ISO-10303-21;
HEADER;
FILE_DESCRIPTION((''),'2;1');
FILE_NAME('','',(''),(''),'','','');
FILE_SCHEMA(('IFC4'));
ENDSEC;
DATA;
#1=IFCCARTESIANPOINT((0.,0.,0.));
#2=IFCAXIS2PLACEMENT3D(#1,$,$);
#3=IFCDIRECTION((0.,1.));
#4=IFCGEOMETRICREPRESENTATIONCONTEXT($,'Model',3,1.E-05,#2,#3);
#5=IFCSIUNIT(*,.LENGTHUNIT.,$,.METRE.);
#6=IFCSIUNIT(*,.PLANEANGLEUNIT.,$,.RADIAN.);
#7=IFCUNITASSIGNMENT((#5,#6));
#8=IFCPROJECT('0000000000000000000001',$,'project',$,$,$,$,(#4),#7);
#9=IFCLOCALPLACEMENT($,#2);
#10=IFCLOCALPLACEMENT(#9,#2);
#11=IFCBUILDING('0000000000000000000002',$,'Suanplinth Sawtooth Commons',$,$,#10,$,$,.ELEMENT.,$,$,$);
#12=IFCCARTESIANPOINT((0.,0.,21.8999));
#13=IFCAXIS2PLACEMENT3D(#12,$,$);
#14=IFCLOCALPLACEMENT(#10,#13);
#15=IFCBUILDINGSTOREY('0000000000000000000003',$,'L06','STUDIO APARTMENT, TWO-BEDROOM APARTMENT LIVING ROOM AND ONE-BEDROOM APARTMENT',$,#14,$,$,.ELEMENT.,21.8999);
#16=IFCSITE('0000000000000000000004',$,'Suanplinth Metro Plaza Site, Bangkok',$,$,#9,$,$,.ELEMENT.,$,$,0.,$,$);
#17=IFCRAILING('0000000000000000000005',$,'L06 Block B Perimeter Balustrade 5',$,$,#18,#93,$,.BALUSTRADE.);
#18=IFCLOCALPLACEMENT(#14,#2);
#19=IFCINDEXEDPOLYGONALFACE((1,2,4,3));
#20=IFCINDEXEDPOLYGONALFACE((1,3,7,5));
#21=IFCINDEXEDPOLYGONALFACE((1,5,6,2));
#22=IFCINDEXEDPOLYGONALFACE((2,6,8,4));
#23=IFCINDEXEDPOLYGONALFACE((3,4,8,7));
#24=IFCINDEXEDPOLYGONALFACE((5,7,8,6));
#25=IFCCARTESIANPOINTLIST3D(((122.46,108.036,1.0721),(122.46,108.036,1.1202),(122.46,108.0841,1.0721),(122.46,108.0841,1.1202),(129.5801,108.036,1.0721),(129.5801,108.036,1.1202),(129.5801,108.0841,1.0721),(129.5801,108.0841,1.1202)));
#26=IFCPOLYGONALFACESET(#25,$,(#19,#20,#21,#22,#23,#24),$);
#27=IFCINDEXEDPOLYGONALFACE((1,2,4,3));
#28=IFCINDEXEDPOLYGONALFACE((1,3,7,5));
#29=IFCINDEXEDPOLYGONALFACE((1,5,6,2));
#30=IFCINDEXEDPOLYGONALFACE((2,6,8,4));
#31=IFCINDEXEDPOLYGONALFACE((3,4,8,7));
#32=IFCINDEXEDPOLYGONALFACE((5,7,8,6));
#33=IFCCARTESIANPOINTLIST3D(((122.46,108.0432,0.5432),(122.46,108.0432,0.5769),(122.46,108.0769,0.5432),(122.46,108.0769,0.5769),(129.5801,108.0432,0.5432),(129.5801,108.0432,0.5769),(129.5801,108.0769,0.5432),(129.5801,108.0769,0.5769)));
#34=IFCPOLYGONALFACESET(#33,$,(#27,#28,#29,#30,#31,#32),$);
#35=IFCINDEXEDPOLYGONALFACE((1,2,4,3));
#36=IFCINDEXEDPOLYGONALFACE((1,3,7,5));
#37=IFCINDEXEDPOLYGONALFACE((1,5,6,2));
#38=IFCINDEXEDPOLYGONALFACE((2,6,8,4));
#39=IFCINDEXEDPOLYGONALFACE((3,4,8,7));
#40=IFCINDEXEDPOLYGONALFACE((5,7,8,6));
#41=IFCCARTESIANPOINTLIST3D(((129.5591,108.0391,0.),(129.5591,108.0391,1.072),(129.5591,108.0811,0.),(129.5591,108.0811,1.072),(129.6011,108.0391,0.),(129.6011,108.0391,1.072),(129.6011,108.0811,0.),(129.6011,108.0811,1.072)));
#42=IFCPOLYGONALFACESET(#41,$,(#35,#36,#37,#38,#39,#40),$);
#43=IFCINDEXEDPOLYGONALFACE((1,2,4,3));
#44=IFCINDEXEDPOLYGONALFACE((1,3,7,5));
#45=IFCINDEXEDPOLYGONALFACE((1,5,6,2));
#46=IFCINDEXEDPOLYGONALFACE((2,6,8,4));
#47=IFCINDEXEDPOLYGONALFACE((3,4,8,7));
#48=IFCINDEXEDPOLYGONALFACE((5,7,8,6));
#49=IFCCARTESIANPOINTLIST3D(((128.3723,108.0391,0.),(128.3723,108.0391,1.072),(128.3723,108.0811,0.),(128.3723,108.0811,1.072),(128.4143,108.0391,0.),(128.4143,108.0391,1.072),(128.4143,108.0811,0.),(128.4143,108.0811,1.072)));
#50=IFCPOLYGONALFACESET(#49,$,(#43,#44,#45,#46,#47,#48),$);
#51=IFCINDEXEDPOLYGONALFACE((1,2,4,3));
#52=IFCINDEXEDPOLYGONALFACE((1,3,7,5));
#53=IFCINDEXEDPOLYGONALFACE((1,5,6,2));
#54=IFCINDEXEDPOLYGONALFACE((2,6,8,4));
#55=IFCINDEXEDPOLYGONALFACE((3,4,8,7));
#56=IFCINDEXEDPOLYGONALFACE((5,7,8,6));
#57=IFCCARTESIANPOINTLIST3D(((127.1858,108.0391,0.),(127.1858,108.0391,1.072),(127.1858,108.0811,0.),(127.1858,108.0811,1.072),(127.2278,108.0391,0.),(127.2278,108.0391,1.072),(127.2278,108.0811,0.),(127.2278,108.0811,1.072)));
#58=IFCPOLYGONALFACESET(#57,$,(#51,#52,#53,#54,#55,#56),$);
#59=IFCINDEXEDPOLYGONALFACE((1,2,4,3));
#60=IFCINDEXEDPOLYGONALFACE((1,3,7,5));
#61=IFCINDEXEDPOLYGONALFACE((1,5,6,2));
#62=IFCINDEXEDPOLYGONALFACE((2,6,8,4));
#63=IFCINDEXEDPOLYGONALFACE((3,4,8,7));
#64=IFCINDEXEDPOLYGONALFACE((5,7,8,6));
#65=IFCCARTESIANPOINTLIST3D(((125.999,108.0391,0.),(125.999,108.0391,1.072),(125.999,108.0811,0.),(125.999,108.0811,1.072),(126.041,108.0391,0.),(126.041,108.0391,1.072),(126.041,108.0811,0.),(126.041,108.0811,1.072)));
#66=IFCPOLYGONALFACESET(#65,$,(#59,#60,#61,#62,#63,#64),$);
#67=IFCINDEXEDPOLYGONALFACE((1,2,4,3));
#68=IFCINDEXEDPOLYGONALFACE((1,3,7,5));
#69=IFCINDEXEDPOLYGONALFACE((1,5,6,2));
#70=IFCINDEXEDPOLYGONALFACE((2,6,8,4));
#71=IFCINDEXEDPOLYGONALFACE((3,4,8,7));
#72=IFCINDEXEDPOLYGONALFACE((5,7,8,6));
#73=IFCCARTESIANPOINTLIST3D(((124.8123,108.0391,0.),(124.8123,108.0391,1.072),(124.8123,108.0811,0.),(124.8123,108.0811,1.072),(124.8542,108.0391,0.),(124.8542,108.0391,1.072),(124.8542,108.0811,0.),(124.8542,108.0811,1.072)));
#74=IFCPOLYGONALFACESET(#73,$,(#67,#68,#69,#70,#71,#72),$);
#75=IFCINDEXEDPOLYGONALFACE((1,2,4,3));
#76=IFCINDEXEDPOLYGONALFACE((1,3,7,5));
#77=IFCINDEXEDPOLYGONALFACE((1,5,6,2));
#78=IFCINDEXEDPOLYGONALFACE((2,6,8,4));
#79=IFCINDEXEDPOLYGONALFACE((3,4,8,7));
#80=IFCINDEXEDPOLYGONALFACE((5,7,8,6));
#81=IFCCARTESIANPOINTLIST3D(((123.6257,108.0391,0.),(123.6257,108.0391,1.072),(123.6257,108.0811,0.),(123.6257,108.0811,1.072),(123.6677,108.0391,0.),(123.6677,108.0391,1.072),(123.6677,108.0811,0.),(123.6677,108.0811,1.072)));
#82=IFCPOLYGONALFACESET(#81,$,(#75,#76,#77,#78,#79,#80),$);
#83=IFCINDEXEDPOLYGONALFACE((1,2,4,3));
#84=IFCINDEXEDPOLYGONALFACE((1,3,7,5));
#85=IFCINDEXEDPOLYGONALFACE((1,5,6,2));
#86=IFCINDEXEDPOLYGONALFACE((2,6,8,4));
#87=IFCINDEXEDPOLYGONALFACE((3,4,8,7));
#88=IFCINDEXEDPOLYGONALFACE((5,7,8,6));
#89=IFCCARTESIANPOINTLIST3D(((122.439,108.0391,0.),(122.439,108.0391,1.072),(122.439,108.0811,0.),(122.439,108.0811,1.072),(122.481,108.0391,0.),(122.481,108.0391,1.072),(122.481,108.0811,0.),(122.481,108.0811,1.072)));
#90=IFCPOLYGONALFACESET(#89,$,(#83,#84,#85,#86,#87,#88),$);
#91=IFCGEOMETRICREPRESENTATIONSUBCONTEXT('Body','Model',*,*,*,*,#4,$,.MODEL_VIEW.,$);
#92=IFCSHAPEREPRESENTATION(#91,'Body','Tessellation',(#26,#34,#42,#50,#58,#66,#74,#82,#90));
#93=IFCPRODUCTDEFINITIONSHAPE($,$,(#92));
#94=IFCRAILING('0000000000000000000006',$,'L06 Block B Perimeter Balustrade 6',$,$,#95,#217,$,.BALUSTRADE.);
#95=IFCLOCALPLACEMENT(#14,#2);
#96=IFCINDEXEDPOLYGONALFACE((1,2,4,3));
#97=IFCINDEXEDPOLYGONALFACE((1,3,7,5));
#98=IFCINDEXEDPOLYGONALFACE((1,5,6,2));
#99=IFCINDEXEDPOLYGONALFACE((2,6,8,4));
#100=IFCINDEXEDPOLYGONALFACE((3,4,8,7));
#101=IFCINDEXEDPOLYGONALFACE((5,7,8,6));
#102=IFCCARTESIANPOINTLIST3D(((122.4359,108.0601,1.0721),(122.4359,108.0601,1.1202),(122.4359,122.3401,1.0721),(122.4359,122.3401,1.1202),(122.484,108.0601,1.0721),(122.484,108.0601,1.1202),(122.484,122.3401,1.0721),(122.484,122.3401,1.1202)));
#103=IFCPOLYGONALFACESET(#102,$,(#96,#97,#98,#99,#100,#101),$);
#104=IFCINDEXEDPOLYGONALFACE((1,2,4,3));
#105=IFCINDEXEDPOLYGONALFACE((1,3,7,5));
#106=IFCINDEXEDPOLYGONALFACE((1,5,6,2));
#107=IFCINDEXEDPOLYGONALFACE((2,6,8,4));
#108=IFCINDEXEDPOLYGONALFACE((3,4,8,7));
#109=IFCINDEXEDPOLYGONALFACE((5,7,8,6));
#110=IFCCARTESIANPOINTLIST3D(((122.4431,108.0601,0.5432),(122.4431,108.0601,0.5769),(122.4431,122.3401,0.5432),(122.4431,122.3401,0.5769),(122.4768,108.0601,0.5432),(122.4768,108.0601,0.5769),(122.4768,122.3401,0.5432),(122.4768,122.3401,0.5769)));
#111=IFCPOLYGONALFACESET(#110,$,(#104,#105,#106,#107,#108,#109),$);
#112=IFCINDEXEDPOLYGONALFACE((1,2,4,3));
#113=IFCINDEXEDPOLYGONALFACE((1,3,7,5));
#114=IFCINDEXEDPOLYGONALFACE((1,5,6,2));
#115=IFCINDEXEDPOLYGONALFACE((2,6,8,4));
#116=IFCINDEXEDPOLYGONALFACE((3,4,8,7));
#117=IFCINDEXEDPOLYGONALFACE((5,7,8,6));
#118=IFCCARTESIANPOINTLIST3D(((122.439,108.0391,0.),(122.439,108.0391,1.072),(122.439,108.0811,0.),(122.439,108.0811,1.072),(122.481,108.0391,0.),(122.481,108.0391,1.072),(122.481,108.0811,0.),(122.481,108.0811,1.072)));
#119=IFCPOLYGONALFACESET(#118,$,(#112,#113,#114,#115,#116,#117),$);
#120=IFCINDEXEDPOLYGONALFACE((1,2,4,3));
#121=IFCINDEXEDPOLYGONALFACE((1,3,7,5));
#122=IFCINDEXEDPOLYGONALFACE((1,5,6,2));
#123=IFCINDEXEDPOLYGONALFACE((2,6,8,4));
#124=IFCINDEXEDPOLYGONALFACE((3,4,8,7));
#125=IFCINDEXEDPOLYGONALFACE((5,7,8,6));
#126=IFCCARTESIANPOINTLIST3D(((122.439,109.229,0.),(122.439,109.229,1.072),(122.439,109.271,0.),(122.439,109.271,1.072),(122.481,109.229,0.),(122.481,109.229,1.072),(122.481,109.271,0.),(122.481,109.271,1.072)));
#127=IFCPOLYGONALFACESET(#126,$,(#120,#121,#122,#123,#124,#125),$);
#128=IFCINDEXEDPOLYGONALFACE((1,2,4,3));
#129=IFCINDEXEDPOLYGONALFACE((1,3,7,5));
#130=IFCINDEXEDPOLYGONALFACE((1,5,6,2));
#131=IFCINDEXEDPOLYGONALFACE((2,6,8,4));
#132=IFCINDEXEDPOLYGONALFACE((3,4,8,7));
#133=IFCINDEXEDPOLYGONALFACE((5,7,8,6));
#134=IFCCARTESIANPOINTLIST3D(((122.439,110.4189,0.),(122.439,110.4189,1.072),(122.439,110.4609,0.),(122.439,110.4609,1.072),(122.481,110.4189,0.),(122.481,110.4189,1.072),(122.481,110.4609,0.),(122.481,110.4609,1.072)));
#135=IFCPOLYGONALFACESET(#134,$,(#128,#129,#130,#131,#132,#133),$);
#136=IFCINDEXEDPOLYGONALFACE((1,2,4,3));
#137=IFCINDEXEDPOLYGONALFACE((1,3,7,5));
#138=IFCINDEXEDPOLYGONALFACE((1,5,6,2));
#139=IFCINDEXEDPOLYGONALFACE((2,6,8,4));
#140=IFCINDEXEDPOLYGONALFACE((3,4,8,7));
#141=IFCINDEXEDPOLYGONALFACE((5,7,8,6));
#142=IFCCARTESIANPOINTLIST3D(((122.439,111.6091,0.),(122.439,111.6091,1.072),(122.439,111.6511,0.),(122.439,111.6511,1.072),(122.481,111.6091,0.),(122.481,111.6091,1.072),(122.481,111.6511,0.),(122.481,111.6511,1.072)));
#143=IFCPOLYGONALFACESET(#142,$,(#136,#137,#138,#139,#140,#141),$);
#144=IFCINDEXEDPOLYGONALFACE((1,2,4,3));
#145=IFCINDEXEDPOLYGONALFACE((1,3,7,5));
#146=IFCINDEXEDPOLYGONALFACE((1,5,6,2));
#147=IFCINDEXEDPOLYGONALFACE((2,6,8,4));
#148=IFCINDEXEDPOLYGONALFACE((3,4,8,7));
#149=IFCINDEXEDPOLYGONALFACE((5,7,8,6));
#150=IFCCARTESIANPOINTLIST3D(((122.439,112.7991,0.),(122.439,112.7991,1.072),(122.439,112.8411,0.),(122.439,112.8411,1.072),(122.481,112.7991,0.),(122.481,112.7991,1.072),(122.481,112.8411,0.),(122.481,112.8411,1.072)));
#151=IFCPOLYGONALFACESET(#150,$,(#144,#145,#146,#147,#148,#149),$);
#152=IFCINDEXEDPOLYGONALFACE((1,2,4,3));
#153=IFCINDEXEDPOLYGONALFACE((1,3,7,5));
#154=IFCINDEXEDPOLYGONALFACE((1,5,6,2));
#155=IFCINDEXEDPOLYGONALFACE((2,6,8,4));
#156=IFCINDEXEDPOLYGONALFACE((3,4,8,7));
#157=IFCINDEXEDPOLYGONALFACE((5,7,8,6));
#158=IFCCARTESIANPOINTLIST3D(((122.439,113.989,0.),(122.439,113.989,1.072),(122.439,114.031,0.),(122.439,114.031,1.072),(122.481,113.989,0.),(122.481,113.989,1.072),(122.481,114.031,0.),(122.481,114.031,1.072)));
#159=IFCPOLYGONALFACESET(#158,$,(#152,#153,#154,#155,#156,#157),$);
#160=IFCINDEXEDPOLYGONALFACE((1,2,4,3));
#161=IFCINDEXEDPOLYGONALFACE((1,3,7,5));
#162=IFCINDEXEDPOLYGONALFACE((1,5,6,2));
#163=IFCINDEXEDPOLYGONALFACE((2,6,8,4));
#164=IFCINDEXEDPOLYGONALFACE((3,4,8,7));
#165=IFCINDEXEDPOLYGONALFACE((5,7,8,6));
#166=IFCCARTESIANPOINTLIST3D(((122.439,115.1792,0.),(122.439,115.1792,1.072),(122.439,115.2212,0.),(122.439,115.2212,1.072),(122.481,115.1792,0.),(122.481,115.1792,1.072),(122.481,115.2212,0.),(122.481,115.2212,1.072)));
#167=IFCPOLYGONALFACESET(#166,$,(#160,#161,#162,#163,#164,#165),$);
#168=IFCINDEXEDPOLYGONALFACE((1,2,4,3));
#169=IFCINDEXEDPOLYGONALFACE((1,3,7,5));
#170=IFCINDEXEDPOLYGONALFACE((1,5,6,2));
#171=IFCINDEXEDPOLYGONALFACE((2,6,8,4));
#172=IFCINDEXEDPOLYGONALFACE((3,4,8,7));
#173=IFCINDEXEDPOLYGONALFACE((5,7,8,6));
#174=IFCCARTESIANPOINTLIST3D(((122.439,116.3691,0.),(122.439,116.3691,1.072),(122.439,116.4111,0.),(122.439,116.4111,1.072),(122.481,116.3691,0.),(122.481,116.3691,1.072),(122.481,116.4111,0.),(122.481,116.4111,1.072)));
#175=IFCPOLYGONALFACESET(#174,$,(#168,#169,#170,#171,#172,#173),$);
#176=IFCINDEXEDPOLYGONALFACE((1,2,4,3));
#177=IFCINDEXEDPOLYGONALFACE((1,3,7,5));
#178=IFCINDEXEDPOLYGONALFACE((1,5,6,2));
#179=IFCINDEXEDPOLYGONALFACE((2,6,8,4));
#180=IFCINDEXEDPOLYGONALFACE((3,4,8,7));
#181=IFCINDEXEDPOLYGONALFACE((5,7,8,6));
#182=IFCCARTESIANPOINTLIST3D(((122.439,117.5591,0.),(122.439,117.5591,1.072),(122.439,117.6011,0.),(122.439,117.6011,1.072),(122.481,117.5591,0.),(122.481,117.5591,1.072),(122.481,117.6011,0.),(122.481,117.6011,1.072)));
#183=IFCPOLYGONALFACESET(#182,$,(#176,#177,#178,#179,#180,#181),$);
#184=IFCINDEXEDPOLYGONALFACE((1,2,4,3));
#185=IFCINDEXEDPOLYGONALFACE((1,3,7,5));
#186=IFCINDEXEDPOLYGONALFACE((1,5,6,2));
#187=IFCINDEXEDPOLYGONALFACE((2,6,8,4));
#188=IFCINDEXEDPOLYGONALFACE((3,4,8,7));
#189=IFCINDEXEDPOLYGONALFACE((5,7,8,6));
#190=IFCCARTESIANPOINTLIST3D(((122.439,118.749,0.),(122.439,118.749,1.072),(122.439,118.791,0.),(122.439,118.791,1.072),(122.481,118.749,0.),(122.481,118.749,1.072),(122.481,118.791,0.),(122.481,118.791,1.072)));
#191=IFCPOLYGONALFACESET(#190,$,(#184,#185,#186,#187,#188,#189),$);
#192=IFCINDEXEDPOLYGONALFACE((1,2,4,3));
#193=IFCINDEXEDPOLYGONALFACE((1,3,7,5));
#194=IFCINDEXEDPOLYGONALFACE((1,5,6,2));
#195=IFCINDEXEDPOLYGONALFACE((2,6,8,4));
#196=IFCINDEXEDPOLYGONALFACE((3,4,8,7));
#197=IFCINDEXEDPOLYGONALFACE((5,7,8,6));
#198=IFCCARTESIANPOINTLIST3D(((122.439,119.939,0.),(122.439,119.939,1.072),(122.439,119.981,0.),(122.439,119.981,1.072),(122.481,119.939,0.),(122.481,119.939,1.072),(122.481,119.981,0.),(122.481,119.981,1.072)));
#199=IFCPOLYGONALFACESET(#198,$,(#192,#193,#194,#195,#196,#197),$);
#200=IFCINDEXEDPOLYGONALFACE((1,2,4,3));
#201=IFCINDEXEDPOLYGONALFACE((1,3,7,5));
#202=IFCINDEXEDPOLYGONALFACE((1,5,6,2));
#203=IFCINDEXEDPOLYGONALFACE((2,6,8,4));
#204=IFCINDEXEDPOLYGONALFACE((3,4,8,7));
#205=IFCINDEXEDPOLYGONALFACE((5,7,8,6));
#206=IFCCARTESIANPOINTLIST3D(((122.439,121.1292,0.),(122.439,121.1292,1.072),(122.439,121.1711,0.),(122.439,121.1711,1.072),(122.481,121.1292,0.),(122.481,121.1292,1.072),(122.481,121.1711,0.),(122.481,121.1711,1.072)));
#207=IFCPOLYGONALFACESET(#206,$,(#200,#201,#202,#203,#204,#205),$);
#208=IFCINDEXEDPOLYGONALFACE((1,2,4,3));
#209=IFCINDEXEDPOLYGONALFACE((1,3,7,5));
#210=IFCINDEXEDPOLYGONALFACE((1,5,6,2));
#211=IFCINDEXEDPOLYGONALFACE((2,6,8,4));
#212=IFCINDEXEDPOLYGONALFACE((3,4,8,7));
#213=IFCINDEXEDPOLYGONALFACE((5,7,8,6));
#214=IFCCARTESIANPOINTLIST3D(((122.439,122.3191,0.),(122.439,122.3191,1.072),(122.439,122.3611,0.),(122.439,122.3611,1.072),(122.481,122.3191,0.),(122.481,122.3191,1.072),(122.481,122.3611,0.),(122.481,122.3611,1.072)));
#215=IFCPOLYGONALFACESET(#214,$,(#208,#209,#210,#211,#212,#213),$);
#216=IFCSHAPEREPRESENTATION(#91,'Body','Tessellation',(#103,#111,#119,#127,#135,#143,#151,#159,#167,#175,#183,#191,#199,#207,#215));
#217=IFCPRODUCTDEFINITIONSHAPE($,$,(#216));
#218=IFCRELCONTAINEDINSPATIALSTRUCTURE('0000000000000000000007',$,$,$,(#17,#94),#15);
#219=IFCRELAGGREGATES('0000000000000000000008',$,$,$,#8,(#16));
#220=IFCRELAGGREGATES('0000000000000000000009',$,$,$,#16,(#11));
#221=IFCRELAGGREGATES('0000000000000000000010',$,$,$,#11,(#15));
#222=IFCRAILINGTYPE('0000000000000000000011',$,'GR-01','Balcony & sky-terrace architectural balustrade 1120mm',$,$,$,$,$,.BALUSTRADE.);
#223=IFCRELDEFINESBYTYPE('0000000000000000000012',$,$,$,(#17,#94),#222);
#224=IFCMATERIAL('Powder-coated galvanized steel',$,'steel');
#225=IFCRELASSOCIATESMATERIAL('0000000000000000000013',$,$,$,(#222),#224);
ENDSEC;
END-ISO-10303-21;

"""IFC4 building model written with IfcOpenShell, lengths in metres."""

from ifc_helpers import new_model, si_unit, direction, frame, origin, origin_2d, place, context, subcontext, project, spatial, rectangle, extrude, material, type_object, element, save


model = new_model("IFC4")

# Units and contexts
model_context = context("Model", 3, precision=1e-05, world=origin(), true_north=direction((0.0, 1.0)))
body_context = subcontext(model_context, "Body", "Model", "MODEL_VIEW")
ifc_project = project(units=[si_unit("LENGTHUNIT", "METRE"), si_unit("PLANEANGLEUNIT", "RADIAN")], contexts=[model_context])

# Site, building, storey
site_placement = place(None, origin())
site = spatial("IfcSite", under=ifc_project, at=site_placement, Name="Suanplinth Metro Plaza Site, Bangkok", CompositionType="ELEMENT", RefElevation=0.0)
building_placement = place(site_placement, origin())
building = spatial("IfcBuilding", under=site, at=building_placement, Name="Suanplinth Sawtooth Commons", CompositionType="ELEMENT")
storey_placement = place(building_placement, frame((0.0, 0.0, 21.8999)))
storey = spatial("IfcBuildingStorey", under=building, at=storey_placement, Name="L06", Description="STUDIO APARTMENT, TWO-BEDROOM APARTMENT LIVING ROOM AND ONE-BEDROOM APARTMENT", CompositionType="ELEMENT", Elevation=21.8999)

# Railings
ifc_material_1 = material(Name="Powder-coated galvanized steel", Category="steel")
railing_type = type_object("IfcRailingType", Name="GR-01", Description="Balcony & sky-terrace architectural balustrade 1120mm", PredefinedType="BALUSTRADE", material=ifc_material_1)
railing_1_placement = place(storey_placement, frame((129.5801, 108.0601, 0.0)))
element("IfcRailing", 1, at=railing_1_placement, inside=storey, type_object=railing_type, Name="L06 Block B Perimeter Balustrade 5", PredefinedType="BALUSTRADE", context=body_context, shape_type="SweptSolid", body=[
    extrude(rectangle(XDim=0.0481, YDim=0.0481, at=origin_2d()), frame((0.0, 0.0, 1.0962), z_axis=(-1.0, 0.0, 0.0), x_axis=(0.0, -1.0, 0.0)), (0.0, 0.0, 1.0), 7.1201),
    extrude(rectangle(XDim=0.0337, YDim=0.0337, at=origin_2d()), frame((0.0, 0.0, 0.5601), z_axis=(-1.0, 0.0, 0.0), x_axis=(0.0, -1.0, 0.0)), (0.0, 0.0, 1.0), 7.1201),
    extrude(rectangle(XDim=0.042, YDim=0.042, at=origin_2d()), origin(), (0.0, 0.0, 1.0), 1.072),
    extrude(rectangle(XDim=0.042, YDim=0.042, at=origin_2d()), frame((-1.1868, 0.0, 0.0)), (0.0, 0.0, 1.0), 1.072),
    extrude(rectangle(XDim=0.042, YDim=0.042, at=origin_2d()), frame((-2.3733, 0.0, 0.0)), (0.0, 0.0, 1.0), 1.072),
    extrude(rectangle(XDim=0.042, YDim=0.042, at=origin_2d()), frame((-3.5601, 0.0, 0.0)), (0.0, 0.0, 1.0), 1.072),
    extrude(rectangle(XDim=0.042, YDim=0.042, at=origin_2d()), frame((-4.7468, 0.0, 0.0)), (0.0, 0.0, 1.0), 1.072),
    extrude(rectangle(XDim=0.042, YDim=0.042, at=origin_2d()), frame((-5.9333, 0.0, 0.0)), (0.0, 0.0, 1.0), 1.072),
    extrude(rectangle(XDim=0.042, YDim=0.042, at=origin_2d()), frame((-7.1201, 0.0, 0.0)), (0.0, 0.0, 1.0), 1.072),
])
railing_2_placement = place(storey_placement, frame((122.46, 108.0601, 0.0)))
element("IfcRailing", 2, at=railing_2_placement, inside=storey, type_object=railing_type, Name="L06 Block B Perimeter Balustrade 6", PredefinedType="BALUSTRADE", context=body_context, shape_type="SweptSolid", body=[
    extrude(rectangle(XDim=0.0481, YDim=0.0481, at=origin_2d()), frame((0.0, 0.0, 1.0962), z_axis=(0.0, 1.0, 0.0), x_axis=(-1.0, 0.0, 0.0)), (0.0, 0.0, 1.0), 14.28),
    extrude(rectangle(XDim=0.0337, YDim=0.0337, at=origin_2d()), frame((0.0, 0.0, 0.5601), z_axis=(0.0, 1.0, 0.0), x_axis=(-1.0, 0.0, 0.0)), (0.0, 0.0, 1.0), 14.28),
    extrude(rectangle(XDim=0.042, YDim=0.042, at=origin_2d()), origin(), (0.0, 0.0, 1.0), 1.072),
    extrude(rectangle(XDim=0.042, YDim=0.042, at=origin_2d()), frame((0.0, 1.1899, 0.0)), (0.0, 0.0, 1.0), 1.072),
    extrude(rectangle(XDim=0.042, YDim=0.042, at=origin_2d()), frame((0.0, 2.3799, 0.0)), (0.0, 0.0, 1.0), 1.072),
    extrude(rectangle(XDim=0.042, YDim=0.042, at=origin_2d()), frame((0.0, 3.5701, 0.0)), (0.0, 0.0, 1.0), 1.072),
    extrude(rectangle(XDim=0.042, YDim=0.042, at=origin_2d()), frame((0.0, 4.76, 0.0)), (0.0, 0.0, 1.0), 1.072),
    extrude(rectangle(XDim=0.042, YDim=0.042, at=origin_2d()), frame((0.0, 5.95, 0.0)), (0.0, 0.0, 1.0), 1.072),
    extrude(rectangle(XDim=0.042, YDim=0.042, at=origin_2d()), frame((0.0, 7.1401, 0.0)), (0.0, 0.0, 1.0), 1.072),
    extrude(rectangle(XDim=0.042, YDim=0.042, at=origin_2d()), frame((0.0, 8.3301, 0.0)), (0.0, 0.0, 1.0), 1.072),
    extrude(rectangle(XDim=0.042, YDim=0.042, at=origin_2d()), frame((0.0, 9.52, 0.0)), (0.0, 0.0, 1.0), 1.072),
    extrude(rectangle(XDim=0.042, YDim=0.042, at=origin_2d()), frame((0.0, 10.71, 0.0)), (0.0, 0.0, 1.0), 1.072),
    extrude(rectangle(XDim=0.042, YDim=0.042, at=origin_2d()), frame((0.0, 11.8999, 0.0)), (0.0, 0.0, 1.0), 1.072),
    extrude(rectangle(XDim=0.042, YDim=0.042, at=origin_2d()), frame((0.0, 13.0901, 0.0)), (0.0, 0.0, 1.0), 1.072),
    extrude(rectangle(XDim=0.042, YDim=0.042, at=origin_2d()), frame((0.0, 14.28, 0.0)), (0.0, 0.0, 1.0), 1.072),
])

save(model, "model.ifc")
